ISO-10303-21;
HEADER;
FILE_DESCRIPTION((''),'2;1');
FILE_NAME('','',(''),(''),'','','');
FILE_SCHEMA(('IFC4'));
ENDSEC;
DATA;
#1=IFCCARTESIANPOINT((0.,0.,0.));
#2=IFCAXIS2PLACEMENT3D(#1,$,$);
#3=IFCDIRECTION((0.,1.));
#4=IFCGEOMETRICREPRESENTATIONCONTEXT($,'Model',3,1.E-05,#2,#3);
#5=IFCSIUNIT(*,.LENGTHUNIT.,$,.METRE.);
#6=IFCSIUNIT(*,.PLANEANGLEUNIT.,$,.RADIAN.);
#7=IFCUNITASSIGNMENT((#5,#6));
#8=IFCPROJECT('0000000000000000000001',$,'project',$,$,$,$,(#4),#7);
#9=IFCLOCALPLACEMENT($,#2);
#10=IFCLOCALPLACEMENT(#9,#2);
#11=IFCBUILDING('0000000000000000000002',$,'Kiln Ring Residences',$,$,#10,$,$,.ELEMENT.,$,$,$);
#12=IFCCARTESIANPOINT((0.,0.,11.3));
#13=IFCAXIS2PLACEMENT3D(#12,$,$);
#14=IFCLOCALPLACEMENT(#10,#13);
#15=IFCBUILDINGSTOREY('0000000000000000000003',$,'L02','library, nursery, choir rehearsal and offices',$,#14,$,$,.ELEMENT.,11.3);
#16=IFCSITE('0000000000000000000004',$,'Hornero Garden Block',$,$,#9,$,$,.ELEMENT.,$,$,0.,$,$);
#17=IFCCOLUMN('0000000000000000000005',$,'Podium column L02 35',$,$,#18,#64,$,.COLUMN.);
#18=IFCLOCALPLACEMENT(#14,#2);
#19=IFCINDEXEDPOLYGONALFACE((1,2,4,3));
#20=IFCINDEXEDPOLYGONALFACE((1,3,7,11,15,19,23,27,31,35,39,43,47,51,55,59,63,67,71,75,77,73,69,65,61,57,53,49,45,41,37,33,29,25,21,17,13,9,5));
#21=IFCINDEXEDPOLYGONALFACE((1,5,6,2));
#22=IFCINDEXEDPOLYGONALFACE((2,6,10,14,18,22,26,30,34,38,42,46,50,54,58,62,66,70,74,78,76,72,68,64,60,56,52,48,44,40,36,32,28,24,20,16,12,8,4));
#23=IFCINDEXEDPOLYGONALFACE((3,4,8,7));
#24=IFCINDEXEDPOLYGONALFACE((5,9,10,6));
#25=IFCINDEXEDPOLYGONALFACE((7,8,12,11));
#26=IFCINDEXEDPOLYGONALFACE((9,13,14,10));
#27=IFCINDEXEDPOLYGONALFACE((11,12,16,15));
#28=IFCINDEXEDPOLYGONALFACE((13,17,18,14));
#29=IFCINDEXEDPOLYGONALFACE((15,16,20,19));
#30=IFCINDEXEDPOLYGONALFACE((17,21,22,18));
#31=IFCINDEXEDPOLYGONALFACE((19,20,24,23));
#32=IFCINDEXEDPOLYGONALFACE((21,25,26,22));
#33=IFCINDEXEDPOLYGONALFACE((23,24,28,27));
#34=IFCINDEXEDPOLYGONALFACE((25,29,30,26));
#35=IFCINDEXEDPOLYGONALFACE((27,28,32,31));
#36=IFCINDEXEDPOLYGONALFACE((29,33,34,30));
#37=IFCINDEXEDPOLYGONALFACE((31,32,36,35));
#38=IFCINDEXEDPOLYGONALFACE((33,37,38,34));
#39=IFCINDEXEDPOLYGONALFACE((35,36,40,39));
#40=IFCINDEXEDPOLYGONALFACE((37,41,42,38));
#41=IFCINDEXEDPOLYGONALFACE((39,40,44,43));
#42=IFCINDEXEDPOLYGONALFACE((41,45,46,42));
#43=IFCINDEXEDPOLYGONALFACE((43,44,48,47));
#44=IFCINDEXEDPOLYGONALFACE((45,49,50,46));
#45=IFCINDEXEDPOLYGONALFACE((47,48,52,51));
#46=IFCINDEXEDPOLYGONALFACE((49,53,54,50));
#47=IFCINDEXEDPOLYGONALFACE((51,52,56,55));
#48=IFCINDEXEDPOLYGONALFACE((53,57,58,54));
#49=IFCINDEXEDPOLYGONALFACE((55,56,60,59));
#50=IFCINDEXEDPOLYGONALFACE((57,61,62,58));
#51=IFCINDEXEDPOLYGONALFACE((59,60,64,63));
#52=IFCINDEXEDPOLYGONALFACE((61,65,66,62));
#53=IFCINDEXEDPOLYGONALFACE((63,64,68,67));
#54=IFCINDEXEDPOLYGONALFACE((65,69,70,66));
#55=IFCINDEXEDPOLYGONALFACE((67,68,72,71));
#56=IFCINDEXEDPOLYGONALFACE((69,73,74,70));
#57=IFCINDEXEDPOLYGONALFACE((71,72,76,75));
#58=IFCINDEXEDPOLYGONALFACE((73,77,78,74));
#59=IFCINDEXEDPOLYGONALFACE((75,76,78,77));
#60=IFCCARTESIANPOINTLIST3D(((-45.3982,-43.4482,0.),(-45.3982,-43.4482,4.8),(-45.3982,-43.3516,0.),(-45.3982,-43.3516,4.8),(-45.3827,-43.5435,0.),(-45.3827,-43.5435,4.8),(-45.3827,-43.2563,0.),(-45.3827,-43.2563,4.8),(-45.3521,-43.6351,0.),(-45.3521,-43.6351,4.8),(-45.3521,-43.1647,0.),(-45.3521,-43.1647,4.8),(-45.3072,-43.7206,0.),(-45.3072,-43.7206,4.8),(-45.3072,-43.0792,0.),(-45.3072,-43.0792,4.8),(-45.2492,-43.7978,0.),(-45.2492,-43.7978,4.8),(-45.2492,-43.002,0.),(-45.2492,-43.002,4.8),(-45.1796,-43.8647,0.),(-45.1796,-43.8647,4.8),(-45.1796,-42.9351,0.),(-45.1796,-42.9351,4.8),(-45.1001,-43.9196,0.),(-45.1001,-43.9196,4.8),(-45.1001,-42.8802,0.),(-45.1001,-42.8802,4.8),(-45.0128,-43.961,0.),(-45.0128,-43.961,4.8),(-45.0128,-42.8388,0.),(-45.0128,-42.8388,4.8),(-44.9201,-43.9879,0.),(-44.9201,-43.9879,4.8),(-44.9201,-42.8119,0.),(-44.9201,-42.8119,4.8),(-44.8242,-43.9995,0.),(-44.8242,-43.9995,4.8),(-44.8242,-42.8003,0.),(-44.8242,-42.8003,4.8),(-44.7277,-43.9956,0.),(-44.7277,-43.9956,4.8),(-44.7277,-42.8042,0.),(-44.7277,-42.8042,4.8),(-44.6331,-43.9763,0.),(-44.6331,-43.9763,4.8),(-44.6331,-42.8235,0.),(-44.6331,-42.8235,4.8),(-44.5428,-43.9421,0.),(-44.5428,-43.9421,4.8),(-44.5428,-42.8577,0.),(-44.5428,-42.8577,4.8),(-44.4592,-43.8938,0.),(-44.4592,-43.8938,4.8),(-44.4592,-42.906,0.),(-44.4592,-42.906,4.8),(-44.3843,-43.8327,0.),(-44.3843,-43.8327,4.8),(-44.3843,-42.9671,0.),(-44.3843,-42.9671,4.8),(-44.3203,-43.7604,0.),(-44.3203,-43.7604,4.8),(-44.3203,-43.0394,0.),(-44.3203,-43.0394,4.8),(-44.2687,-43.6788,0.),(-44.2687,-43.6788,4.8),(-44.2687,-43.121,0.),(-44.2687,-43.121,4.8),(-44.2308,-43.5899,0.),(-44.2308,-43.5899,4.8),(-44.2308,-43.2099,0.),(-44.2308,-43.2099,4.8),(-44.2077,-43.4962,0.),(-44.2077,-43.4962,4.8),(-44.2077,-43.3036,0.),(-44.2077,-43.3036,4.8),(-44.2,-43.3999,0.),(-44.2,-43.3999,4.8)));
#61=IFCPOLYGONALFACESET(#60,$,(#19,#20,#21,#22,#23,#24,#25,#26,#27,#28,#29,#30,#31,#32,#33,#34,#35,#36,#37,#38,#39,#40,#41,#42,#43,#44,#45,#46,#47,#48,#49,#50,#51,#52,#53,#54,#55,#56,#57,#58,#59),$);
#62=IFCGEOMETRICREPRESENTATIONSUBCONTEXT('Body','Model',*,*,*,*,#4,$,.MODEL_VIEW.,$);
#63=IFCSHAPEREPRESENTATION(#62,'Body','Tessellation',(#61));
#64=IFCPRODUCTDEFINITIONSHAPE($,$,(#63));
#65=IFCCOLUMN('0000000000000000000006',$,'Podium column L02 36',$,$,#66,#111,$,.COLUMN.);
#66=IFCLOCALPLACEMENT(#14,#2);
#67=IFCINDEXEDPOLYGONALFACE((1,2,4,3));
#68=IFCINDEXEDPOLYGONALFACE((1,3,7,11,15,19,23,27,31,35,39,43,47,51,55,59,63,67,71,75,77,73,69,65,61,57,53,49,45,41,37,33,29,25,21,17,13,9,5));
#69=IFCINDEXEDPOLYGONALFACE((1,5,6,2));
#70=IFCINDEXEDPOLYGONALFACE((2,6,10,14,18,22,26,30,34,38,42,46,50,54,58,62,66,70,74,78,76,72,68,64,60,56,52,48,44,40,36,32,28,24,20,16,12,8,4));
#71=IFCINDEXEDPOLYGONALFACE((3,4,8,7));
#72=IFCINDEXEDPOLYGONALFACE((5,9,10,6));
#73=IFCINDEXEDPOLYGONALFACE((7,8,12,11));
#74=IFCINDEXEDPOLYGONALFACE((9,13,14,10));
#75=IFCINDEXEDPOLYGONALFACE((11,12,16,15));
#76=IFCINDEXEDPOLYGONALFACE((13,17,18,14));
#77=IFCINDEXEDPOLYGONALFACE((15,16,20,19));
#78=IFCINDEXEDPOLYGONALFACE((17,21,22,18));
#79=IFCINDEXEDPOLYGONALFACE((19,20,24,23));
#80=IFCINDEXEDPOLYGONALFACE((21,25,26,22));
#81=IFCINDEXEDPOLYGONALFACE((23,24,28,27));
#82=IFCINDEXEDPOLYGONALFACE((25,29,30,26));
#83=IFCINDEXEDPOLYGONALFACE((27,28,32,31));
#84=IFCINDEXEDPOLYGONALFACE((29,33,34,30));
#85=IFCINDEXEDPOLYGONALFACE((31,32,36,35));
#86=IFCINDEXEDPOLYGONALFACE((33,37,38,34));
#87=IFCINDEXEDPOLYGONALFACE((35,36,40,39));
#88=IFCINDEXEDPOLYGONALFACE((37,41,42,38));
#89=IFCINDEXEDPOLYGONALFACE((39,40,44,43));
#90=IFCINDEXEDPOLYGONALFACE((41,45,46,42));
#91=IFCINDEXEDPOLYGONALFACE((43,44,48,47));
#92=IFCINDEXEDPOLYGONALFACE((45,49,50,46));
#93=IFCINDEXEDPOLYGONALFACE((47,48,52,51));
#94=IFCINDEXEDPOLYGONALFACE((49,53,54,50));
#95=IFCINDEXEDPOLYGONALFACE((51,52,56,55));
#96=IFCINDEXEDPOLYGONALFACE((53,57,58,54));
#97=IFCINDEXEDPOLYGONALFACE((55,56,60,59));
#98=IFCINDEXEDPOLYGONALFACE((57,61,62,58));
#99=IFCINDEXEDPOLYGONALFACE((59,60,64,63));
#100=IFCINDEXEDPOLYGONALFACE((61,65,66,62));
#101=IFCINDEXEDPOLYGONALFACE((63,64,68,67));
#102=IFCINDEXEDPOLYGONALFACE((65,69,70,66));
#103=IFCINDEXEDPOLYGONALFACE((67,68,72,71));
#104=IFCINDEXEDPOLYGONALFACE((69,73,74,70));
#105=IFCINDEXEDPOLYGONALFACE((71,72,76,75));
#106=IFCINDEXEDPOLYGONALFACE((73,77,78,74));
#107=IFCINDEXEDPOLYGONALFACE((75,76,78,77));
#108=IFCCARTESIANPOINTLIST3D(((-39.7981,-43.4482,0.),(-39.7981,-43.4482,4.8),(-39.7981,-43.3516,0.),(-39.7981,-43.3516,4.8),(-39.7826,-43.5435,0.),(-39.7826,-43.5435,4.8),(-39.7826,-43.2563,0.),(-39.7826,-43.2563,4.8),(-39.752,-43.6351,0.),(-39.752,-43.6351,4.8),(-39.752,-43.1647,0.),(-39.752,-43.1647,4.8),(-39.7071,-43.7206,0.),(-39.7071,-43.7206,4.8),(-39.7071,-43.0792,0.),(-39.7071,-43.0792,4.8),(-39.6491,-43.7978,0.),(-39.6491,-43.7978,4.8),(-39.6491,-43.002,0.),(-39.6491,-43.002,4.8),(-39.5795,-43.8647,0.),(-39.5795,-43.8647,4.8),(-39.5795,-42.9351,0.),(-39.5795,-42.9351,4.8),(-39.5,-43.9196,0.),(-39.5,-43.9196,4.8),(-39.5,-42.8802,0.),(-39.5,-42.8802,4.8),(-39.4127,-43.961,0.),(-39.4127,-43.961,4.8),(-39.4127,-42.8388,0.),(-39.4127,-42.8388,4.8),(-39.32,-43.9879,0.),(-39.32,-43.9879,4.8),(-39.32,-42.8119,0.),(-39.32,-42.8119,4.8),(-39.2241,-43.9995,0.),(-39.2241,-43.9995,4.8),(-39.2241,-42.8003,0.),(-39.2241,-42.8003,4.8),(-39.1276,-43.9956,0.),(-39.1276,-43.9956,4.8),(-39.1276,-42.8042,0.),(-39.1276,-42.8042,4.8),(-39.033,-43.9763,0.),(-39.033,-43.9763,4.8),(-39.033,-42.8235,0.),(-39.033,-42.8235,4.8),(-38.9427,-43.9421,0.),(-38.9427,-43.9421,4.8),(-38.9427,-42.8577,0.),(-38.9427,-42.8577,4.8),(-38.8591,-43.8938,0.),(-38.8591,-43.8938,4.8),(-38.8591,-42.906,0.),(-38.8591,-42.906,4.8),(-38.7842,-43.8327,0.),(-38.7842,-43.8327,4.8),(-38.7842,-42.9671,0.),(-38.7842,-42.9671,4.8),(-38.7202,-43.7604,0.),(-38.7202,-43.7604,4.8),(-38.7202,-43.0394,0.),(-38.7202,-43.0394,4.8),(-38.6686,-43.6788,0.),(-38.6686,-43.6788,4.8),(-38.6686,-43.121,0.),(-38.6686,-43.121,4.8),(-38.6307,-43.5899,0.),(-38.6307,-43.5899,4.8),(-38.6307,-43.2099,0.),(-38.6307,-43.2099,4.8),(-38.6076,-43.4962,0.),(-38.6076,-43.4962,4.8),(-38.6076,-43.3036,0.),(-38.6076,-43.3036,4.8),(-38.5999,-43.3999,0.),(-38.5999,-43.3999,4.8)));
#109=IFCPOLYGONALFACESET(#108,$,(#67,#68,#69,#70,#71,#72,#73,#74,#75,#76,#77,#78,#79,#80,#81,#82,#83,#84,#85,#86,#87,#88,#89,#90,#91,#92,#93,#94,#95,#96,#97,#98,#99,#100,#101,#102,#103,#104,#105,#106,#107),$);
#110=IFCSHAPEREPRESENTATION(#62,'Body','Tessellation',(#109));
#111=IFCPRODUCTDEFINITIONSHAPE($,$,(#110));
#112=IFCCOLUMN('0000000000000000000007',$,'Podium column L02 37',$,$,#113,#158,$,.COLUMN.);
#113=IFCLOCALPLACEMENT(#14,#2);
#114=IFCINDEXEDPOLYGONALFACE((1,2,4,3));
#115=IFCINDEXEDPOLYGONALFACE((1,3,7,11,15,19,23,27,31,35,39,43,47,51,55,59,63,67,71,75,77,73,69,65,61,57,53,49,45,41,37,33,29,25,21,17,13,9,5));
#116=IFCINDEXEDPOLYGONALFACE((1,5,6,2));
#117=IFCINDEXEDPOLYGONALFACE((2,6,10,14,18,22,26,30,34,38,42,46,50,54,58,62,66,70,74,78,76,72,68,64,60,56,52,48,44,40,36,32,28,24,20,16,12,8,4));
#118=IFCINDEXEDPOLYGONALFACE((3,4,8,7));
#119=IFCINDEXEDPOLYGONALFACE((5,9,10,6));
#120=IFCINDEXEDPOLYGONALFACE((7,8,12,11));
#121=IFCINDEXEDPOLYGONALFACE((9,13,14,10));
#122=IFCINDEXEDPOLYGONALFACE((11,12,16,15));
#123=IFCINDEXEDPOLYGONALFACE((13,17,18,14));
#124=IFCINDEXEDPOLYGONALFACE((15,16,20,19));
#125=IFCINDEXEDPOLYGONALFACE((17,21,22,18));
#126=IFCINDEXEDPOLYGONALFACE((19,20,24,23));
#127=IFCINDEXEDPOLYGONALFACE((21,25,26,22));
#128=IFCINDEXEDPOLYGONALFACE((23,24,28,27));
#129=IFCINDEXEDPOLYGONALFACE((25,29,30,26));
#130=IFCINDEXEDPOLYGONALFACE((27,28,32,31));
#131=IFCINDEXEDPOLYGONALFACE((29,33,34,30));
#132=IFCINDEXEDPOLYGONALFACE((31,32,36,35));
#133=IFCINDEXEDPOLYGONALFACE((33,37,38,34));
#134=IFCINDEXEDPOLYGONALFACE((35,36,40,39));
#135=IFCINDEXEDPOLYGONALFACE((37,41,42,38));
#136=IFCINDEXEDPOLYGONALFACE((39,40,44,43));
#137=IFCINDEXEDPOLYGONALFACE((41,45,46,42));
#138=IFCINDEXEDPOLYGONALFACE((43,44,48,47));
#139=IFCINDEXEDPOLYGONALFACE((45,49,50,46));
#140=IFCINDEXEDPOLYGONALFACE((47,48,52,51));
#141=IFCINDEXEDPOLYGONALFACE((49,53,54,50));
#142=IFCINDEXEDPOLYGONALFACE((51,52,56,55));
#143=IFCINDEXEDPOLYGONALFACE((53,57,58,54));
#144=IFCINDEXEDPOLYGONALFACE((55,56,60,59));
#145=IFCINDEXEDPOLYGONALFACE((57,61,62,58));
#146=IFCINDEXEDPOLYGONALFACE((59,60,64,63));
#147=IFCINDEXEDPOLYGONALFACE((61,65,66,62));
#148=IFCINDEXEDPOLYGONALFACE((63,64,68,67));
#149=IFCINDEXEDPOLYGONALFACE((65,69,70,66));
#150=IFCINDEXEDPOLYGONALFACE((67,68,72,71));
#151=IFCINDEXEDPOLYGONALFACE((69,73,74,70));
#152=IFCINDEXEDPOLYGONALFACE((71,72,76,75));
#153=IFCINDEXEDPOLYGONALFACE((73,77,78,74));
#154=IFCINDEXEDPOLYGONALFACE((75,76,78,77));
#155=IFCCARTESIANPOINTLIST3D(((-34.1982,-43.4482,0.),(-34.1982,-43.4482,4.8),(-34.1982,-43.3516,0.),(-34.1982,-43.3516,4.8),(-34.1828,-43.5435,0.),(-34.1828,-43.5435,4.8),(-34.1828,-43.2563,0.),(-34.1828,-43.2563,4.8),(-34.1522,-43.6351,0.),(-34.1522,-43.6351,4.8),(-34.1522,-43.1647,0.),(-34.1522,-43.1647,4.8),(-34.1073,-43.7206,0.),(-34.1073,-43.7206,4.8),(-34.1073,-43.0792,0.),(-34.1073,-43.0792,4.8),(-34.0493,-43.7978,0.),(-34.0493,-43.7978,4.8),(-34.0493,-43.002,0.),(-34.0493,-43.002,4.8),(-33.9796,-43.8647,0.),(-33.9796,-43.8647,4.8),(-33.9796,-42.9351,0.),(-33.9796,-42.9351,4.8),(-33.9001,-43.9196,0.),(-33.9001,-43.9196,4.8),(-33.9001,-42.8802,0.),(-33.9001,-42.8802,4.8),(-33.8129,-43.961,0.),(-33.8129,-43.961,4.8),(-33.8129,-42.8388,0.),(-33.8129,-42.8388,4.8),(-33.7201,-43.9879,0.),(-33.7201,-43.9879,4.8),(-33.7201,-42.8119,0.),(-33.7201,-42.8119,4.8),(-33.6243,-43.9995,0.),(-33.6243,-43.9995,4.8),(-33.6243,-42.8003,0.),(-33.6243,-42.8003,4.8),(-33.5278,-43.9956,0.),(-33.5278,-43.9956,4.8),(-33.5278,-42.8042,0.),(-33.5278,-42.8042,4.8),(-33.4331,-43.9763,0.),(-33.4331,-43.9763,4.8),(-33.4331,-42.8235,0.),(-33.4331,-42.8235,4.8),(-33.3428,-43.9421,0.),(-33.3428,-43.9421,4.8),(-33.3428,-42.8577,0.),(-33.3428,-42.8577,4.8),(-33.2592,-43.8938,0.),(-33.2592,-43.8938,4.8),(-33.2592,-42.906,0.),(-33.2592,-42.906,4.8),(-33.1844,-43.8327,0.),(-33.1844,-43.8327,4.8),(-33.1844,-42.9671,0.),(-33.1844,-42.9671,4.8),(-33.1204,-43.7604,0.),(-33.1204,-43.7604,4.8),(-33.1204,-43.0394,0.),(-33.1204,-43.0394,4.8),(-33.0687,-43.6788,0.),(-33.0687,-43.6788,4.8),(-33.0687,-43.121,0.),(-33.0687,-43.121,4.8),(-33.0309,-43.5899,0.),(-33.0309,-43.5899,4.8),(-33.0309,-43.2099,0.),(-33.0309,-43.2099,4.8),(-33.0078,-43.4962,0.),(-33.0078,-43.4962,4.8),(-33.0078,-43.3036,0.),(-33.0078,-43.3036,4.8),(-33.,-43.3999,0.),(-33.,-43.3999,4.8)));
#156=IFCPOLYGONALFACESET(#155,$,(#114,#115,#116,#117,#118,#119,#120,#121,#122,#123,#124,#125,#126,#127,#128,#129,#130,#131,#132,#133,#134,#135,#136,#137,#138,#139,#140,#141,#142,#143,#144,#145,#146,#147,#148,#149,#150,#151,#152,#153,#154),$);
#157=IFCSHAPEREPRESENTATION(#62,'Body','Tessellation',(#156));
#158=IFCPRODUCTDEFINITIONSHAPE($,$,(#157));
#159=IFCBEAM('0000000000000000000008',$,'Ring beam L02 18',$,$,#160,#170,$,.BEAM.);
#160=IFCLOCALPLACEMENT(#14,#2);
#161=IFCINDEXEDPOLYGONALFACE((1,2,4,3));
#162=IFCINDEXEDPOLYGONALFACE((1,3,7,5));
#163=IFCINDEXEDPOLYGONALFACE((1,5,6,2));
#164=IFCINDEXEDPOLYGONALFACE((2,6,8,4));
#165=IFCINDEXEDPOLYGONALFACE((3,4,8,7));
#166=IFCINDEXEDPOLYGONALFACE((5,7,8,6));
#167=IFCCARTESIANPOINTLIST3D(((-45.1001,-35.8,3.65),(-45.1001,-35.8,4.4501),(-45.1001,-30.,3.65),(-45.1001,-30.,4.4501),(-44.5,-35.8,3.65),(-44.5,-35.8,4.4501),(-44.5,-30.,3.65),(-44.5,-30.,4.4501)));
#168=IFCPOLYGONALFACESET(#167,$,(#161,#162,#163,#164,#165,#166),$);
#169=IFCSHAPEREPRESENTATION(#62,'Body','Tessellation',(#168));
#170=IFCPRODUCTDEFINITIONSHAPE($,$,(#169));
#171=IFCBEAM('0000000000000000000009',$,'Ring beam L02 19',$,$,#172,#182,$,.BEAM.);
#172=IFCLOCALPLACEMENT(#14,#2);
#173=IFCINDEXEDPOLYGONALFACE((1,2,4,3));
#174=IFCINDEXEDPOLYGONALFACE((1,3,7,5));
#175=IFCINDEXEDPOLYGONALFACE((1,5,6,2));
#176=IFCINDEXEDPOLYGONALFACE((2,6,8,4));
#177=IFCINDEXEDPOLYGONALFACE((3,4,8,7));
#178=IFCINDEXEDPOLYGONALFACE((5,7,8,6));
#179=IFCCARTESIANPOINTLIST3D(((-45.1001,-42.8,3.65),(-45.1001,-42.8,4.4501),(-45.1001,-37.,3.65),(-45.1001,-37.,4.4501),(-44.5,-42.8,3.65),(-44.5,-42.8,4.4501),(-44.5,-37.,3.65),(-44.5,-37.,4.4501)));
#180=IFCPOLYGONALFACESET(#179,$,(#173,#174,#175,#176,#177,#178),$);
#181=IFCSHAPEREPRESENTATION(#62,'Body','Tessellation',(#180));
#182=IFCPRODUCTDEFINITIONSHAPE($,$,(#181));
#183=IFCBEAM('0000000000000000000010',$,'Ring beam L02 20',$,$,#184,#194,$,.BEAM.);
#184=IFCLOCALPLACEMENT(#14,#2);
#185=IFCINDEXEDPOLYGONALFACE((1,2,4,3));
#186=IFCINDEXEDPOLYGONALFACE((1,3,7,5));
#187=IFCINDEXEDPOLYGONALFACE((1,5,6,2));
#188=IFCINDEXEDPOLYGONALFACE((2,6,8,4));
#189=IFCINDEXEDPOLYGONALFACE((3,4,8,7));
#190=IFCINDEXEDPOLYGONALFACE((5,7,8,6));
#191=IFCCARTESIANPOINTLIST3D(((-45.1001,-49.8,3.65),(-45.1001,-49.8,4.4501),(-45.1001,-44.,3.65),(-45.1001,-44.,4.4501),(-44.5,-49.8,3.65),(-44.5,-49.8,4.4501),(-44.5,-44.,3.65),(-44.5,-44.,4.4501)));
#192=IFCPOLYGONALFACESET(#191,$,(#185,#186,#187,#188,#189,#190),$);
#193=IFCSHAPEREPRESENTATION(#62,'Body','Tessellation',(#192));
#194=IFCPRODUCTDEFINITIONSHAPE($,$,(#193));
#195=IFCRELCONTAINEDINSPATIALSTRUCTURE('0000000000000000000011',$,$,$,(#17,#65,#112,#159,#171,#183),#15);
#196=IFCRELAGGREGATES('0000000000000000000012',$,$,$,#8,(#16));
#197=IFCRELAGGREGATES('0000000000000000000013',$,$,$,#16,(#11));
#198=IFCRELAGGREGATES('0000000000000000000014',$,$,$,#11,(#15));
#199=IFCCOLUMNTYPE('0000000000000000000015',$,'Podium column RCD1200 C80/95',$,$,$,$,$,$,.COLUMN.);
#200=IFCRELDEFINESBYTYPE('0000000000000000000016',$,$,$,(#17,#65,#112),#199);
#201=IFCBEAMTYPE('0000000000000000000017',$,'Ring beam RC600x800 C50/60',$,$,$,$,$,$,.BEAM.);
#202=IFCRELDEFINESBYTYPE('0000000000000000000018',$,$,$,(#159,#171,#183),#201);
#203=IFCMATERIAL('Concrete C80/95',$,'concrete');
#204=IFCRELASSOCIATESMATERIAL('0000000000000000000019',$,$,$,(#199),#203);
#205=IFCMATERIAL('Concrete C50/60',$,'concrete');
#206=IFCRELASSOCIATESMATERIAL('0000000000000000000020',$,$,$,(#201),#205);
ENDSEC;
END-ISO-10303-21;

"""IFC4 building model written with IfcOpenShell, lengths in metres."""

from ifc_helpers import new_model, si_unit, direction, frame, origin, origin_2d, place, context, subcontext, project, spatial, rectangle, circle, extrude, material, material_profile, profile_set, type_object, element, save


model = new_model("IFC4")

# Units and contexts
model_context = context("Model", 3, precision=1e-05, world=origin(), true_north=direction((0.0, 1.0)))
body_context = subcontext(model_context, "Body", "Model", "MODEL_VIEW")
ifc_project = project(units=[si_unit("LENGTHUNIT", "METRE"), si_unit("PLANEANGLEUNIT", "RADIAN")], contexts=[model_context])

# Site, building, storey
site_placement = place(None, origin())
site = spatial("IfcSite", under=ifc_project, at=site_placement, Name="Hornero Garden Block", CompositionType="ELEMENT", RefElevation=0.0)
building_placement = place(site_placement, origin())
building = spatial("IfcBuilding", under=site, at=building_placement, Name="Kiln Ring Residences", CompositionType="ELEMENT")
storey_placement = place(building_placement, frame((0.0, 0.0, 11.3)))
storey = spatial("IfcBuildingStorey", under=building, at=storey_placement, Name="L02", Description="library, nursery, choir rehearsal and offices", CompositionType="ELEMENT", Elevation=11.3)

# Columns
ifc_material_1 = material(Name="Concrete C80/95", Category="concrete")
ifc_material_profile_1 = material_profile(ifc_material_1, circle(Radius=0.6001, at=origin_2d()), Name="RCD1200")
ifc_profile_set_1 = profile_set([ifc_material_profile_1], Name="Concrete C80/95")
column_type = type_object("IfcColumnType", Name="Podium column RCD1200 C80/95", PredefinedType="COLUMN", material=ifc_profile_set_1)
for number, where, z_axis, x_axis, name in (
    (1, (-44.8, -43.3999, 0.0), (0.0, 0.0, 1.0), (1.0, 0.0, 0.0), "Podium column L02 35"),
    (2, (-39.2, -43.3999, 0.0), (0.0, 0.0, 1.0), (1.0, 0.0, 0.0), "Podium column L02 36"),
    (3, (-33.6001, -43.3999, 0.0), (0.0, 0.0, 1.0), (1.0, 0.0, 0.0), "Podium column L02 37"),
):
    element("IfcColumn", number, at=place(storey_placement, frame(where, z_axis=z_axis, x_axis=x_axis)), inside=storey, type_object=column_type, Name=name, PredefinedType="COLUMN", context=body_context, shape_type="SweptSolid", body=[
        extrude(circle(Radius=0.6001, at=origin_2d()), origin(), (0.0, 0.0, 1.0), 4.8),
    ])

# Beams
ifc_material_2 = material(Name="Concrete C50/60", Category="concrete")
ifc_material_profile_2 = material_profile(ifc_material_2, rectangle(XDim=0.6001, YDim=0.8, at=origin_2d()), Name="RC600x800")
ifc_profile_set_2 = profile_set([ifc_material_profile_2], Name="Concrete C50/60")
beam_type = type_object("IfcBeamType", Name="Ring beam RC600x800 C50/60", PredefinedType="BEAM", material=ifc_profile_set_2)
for number, where, z_axis, x_axis, name in (
    (4, (-44.8, -30.0, 4.05), (0.0, -1.0, 0.0), (1.0, 0.0, 0.0), "Ring beam L02 18"),
    (5, (-44.8, -37.0, 4.05), (0.0, -1.0, 0.0), (1.0, 0.0, 0.0), "Ring beam L02 19"),
    (6, (-44.8, -44.0, 4.05), (0.0, -1.0, 0.0), (1.0, 0.0, 0.0), "Ring beam L02 20"),
):
    element("IfcBeam", number, at=place(storey_placement, frame(where, z_axis=z_axis, x_axis=x_axis)), inside=storey, type_object=beam_type, Name=name, PredefinedType="BEAM", context=body_context, shape_type="SweptSolid", body=[
        extrude(rectangle(XDim=0.6001, YDim=0.8, at=origin_2d()), origin(), (0.0, 0.0, 1.0), 5.8),
    ])

save(model, "model.ifc")
